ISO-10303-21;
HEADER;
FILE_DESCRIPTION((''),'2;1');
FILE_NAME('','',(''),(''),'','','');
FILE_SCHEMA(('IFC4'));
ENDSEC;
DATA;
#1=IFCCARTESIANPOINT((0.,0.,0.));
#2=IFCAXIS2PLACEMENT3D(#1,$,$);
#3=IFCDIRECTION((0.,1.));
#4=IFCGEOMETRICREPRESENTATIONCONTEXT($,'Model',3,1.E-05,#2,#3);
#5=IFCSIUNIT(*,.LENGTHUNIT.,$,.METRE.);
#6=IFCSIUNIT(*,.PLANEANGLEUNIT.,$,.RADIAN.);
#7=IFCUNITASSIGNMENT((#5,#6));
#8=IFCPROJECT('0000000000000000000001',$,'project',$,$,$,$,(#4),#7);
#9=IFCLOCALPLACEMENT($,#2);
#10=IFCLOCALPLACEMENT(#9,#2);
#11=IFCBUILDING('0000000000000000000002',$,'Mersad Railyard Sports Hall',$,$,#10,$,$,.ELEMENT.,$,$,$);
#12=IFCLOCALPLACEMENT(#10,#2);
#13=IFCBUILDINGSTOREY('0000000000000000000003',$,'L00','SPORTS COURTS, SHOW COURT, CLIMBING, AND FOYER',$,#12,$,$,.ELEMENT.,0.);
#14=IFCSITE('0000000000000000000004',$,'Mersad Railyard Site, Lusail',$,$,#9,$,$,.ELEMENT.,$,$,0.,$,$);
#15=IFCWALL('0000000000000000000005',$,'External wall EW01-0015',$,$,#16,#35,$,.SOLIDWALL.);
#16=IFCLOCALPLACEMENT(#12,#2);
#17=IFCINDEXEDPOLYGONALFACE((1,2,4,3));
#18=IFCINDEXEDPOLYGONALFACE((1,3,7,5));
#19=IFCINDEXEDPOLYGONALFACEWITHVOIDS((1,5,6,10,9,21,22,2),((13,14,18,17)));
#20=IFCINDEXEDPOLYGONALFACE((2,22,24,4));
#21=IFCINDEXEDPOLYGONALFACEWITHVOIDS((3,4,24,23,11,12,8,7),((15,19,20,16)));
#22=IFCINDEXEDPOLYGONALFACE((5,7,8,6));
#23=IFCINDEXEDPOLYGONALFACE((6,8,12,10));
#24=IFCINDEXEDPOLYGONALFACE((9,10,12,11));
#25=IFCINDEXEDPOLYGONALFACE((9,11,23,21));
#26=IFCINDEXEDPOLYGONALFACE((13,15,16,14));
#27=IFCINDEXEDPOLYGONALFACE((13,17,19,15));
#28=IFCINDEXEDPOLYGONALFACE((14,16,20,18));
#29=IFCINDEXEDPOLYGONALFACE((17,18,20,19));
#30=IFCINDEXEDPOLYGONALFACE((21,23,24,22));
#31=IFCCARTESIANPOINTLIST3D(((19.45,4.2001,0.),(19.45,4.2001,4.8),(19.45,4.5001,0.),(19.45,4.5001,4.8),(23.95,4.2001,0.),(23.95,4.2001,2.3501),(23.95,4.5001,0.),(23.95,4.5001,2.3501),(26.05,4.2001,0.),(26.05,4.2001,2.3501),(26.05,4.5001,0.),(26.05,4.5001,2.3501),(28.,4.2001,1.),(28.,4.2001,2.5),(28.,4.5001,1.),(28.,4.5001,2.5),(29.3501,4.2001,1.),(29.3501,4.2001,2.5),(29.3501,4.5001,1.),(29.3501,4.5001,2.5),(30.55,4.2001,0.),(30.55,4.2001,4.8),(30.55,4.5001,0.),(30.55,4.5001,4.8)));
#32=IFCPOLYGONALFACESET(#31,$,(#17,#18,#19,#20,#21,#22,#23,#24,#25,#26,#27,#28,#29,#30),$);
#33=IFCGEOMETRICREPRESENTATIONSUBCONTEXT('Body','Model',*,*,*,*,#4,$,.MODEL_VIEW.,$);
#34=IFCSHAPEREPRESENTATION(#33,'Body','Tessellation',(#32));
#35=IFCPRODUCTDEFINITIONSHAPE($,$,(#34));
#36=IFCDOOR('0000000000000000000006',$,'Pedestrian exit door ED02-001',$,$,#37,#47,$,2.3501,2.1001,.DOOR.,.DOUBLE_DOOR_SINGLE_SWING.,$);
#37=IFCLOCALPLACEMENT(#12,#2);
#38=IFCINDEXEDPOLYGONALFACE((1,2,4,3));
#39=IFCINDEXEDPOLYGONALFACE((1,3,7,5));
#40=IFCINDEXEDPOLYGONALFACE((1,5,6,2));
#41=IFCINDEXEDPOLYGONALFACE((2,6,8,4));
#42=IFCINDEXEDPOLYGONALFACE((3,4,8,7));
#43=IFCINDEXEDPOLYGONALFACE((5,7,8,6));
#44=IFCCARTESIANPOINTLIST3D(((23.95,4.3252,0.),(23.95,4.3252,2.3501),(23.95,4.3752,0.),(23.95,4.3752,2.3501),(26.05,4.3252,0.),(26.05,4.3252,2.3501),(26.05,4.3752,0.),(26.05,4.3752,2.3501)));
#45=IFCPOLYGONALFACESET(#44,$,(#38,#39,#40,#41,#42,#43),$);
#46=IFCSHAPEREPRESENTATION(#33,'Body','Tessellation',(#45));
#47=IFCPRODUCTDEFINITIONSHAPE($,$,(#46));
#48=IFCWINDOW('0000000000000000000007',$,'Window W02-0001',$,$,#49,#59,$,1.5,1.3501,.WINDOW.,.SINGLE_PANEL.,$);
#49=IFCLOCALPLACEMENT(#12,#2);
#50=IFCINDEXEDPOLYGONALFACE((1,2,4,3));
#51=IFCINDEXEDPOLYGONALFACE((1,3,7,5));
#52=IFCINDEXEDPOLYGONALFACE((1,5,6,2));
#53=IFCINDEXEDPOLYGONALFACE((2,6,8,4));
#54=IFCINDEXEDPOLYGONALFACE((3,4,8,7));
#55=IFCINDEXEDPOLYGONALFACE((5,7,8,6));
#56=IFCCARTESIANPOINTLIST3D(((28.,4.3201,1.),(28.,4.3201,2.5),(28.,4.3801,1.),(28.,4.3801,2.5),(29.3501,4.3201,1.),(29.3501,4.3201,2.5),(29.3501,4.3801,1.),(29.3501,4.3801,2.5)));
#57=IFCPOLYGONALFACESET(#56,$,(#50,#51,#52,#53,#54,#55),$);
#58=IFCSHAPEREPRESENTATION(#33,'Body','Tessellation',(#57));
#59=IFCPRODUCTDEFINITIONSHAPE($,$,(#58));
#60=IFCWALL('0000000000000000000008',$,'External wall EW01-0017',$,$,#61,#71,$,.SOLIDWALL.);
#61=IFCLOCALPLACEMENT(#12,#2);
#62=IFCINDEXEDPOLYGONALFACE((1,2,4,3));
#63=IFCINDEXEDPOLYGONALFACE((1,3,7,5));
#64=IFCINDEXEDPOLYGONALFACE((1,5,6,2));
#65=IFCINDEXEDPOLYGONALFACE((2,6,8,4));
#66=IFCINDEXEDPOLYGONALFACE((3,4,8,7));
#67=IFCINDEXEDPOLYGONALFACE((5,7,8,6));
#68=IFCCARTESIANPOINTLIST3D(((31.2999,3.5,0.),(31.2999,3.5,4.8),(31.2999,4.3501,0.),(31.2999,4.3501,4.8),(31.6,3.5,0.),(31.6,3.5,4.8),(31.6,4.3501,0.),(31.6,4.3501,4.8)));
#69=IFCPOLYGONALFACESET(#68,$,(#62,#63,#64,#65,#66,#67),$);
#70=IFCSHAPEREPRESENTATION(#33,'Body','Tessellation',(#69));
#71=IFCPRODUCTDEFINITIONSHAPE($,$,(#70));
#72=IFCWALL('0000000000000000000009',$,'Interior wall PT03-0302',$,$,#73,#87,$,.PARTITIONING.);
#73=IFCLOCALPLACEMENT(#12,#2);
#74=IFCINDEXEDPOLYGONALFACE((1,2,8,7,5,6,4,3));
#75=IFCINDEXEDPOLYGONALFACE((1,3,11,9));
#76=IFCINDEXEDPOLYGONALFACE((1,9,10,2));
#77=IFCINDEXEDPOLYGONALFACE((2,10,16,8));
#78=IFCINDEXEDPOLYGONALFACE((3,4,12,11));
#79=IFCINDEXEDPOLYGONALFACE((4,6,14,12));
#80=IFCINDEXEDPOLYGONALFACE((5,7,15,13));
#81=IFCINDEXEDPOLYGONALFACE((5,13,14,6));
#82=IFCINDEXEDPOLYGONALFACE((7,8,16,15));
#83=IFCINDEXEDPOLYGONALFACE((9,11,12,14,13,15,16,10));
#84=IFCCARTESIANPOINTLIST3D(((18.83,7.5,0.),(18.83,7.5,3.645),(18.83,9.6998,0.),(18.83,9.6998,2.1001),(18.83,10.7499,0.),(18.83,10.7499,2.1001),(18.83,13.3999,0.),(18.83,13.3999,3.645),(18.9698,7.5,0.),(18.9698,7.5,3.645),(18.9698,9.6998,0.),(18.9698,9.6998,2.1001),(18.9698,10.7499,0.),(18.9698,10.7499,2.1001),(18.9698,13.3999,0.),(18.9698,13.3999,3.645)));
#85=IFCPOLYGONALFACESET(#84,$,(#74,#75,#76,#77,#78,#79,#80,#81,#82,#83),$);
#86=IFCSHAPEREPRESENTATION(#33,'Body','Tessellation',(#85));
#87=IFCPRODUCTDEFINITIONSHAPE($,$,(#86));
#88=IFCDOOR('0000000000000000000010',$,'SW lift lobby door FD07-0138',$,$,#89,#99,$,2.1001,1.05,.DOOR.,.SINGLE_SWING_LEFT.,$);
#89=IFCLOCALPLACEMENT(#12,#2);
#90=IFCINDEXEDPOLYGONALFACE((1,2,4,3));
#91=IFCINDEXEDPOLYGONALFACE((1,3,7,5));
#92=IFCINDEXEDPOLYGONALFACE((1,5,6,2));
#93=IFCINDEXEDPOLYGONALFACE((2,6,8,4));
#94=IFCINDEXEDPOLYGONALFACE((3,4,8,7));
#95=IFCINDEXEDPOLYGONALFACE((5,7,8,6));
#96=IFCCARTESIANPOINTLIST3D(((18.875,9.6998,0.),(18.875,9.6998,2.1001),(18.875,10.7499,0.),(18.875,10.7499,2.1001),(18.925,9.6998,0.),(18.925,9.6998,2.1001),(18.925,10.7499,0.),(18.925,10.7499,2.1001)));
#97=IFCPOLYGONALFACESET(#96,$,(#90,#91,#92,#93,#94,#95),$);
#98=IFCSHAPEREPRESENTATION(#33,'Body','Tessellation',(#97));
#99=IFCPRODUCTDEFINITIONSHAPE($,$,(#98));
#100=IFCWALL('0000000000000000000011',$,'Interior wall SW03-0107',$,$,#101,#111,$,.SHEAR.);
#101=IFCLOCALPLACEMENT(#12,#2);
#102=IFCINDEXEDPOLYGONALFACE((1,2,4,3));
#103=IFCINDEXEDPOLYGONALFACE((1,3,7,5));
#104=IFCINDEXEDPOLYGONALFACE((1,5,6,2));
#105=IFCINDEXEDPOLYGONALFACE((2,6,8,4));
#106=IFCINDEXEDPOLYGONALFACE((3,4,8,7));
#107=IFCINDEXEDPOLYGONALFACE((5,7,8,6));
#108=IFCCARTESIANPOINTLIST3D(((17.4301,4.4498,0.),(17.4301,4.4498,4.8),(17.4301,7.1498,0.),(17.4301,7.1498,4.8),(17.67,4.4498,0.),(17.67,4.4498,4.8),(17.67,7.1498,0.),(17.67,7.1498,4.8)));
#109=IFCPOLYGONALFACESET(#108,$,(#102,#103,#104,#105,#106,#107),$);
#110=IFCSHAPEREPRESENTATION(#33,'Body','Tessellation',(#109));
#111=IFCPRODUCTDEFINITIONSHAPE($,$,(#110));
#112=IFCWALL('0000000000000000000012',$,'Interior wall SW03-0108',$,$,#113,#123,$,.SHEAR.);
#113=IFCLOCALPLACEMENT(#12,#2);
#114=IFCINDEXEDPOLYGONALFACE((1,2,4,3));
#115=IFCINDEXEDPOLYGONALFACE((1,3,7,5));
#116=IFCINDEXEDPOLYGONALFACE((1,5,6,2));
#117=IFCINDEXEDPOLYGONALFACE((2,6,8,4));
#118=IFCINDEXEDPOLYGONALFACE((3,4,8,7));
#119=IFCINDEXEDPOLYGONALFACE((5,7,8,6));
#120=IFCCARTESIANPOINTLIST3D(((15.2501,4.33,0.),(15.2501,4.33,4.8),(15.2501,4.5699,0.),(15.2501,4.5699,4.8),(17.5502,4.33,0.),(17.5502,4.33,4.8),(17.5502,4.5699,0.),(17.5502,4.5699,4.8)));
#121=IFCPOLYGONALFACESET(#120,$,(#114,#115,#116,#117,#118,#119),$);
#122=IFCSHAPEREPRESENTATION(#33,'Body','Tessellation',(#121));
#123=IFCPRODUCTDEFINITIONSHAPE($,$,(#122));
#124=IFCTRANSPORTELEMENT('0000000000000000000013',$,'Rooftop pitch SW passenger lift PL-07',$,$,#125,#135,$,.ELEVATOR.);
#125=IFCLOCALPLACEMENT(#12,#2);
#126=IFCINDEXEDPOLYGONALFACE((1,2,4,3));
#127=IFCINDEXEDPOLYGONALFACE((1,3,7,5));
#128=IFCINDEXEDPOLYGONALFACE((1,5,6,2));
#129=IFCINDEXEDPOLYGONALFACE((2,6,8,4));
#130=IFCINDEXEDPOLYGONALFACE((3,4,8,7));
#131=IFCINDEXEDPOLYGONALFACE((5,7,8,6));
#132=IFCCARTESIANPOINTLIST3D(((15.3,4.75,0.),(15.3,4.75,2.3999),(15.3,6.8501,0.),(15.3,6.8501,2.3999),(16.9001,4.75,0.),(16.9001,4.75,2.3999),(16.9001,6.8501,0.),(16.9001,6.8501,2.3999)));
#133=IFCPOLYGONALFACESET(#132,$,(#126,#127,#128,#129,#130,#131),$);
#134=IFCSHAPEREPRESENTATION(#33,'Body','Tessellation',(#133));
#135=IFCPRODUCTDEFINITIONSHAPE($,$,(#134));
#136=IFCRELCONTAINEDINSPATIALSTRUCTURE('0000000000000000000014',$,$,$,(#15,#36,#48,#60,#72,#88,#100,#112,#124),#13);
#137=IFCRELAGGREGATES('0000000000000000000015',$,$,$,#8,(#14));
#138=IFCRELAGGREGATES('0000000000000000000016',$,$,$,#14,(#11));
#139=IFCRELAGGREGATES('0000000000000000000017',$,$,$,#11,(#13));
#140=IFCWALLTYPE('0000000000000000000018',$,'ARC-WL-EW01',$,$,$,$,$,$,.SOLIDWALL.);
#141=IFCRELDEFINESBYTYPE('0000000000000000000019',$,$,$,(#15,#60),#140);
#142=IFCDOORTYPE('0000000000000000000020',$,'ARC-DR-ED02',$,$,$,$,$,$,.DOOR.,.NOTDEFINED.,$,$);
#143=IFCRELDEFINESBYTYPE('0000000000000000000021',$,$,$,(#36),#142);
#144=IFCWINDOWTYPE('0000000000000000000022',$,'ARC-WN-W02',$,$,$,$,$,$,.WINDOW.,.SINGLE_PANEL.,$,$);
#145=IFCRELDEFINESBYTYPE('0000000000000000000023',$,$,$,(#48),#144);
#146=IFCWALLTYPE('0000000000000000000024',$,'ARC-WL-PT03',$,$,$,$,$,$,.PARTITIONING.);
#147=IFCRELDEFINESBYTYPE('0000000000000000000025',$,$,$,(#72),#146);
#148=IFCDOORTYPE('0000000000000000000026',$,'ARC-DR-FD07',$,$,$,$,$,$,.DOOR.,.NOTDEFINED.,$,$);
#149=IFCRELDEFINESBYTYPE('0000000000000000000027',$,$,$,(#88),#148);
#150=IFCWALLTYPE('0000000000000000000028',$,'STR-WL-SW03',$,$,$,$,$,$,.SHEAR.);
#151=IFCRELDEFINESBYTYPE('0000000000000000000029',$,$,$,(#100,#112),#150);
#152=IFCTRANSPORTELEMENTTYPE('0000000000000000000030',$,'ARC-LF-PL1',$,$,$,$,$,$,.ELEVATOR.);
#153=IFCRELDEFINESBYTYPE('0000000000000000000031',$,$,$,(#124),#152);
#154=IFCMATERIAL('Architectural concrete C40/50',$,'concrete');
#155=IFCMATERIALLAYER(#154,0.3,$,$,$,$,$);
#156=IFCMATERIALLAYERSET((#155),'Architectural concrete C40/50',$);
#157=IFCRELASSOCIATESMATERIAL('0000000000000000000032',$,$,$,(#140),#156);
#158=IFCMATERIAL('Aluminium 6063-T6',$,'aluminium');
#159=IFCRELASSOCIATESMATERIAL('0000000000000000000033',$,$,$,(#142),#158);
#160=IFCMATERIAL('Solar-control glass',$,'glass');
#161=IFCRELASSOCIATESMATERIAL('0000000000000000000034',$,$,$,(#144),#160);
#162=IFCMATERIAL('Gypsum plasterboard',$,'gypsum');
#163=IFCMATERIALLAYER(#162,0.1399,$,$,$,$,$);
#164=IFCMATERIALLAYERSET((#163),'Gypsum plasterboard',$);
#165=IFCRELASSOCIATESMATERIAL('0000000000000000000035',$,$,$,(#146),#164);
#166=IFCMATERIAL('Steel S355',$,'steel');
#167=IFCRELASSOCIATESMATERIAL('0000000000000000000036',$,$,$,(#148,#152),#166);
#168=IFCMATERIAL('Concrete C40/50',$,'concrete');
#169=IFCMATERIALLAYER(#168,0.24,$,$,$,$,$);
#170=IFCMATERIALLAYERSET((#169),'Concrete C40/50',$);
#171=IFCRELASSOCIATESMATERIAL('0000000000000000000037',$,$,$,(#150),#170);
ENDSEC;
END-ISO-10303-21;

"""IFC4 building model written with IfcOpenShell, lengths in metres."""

from ifc_helpers import new_model, si_unit, direction, frame, frame_2d, origin, origin_2d, place, context, subcontext, project, spatial, rectangle, extrude, material, layer, layer_set, type_object, element, fill, save


model = new_model("IFC4")

# Units and contexts
model_context = context("Model", 3, precision=1e-05, world=origin(), true_north=direction((0.0, 1.0)))
body_context = subcontext(model_context, "Body", "Model", "MODEL_VIEW")
ifc_project = project(units=[si_unit("LENGTHUNIT", "METRE"), si_unit("PLANEANGLEUNIT", "RADIAN")], contexts=[model_context])

# Site, building, storey
site_placement = place(None, origin())
site = spatial("IfcSite", under=ifc_project, at=site_placement, Name="Mersad Railyard Site, Lusail", CompositionType="ELEMENT", RefElevation=0.0)
building_placement = place(site_placement, origin())
building = spatial("IfcBuilding", under=site, at=building_placement, Name="Mersad Railyard Sports Hall", CompositionType="ELEMENT")
storey_placement = place(building_placement, origin())
storey = spatial("IfcBuildingStorey", under=building, at=storey_placement, Name="L00", Description="SPORTS COURTS, SHOW COURT, CLIMBING, AND FOYER", CompositionType="ELEMENT", Elevation=0.0)

# Shared definitions
ifc_material_1 = material(Name="Aluminium 6063-T6", Category="aluminium")

# Shared definitions
ifc_material_2 = material(Name="Architectural concrete C40/50", Category="concrete")
ifc_layer_1 = layer(ifc_material_2, 0.3)
ifc_layer_set_1 = layer_set([ifc_layer_1], Name="Architectural concrete C40/50")
wall_type_1 = type_object("IfcWallType", Name="ARC-WL-EW01", PredefinedType="SOLIDWALL", material=ifc_layer_set_1)

# Wall, openings, door, window
wall_1_placement = place(storey_placement, frame((30.55, 4.3501, 0.0), z_axis=(0.0, 0.0, 1.0), x_axis=(-1.0, 0.0, 0.0)))
wall_1 = element("IfcWall", 1, at=wall_1_placement, inside=storey, type_object=wall_type_1, Name="External wall EW01-0015", PredefinedType="SOLIDWALL", context=body_context, shape_type="SweptSolid", body=[
    extrude(rectangle(XDim=11.1001, YDim=0.3, at=frame_2d((5.55, 0.0))), origin(), (0.0, 0.0, 1.0), 4.8),
])
opening_1_placement = place(wall_1_placement, frame((4.5, 0.0, 0.0)))
opening_1 = element("IfcOpeningElement", 2, at=opening_1_placement, cuts=wall_1, PredefinedType="OPENING", context=body_context, shape_type="SweptSolid", body=[
    extrude(rectangle(XDim=2.1001, YDim=2.3501, at=frame_2d((1.05, 1.175))), frame((0.0, 0.1599, 0.0), z_axis=(0.0, -1.0, 0.0), x_axis=(1.0, 0.0, 0.0)), (0.0, 0.0, 1.0), 0.3201),
])
opening_2_placement = place(wall_1_placement, frame((1.2, 0.0, 1.0)))
opening_2 = element("IfcOpeningElement", 3, at=opening_2_placement, cuts=wall_1, PredefinedType="OPENING", context=body_context, shape_type="SweptSolid", body=[
    extrude(rectangle(XDim=1.3501, YDim=1.5, at=frame_2d((0.675, 0.75))), frame((0.0, 0.1599, 0.0), z_axis=(0.0, -1.0, 0.0), x_axis=(1.0, 0.0, 0.0)), (0.0, 0.0, 1.0), 0.3201),
])
door_type_1 = type_object("IfcDoorType", Name="ARC-DR-ED02", OperationType="NOTDEFINED", PredefinedType="DOOR", material=ifc_material_1)
door_1_placement = place(opening_1_placement, origin())
door_1 = element("IfcDoor", 4, at=door_1_placement, inside=storey, type_object=door_type_1, Name="Pedestrian exit door ED02-001", OperationType="DOUBLE_DOOR_SINGLE_SWING", OverallHeight=2.3501, OverallWidth=2.1001, PredefinedType="DOOR", context=body_context, shape_type="SweptSolid", body=[
    extrude(rectangle(XDim=2.1001, YDim=2.3501, at=frame_2d((1.05, 1.175))), frame((0.0, 0.0249, 0.0), z_axis=(0.0, -1.0, 0.0), x_axis=(1.0, 0.0, 0.0)), (0.0, 0.0, 1.0), 0.05),
])
fill(opening_1, door_1)
ifc_material_3 = material(Name="Solar-control glass", Category="glass")
window_type = type_object("IfcWindowType", Name="ARC-WN-W02", PartitioningType="SINGLE_PANEL", PredefinedType="WINDOW", material=ifc_material_3)
window_placement = place(opening_2_placement, origin())
window = element("IfcWindow", 5, at=window_placement, inside=storey, type_object=window_type, Name="Window W02-0001", OverallHeight=1.5, OverallWidth=1.3501, PartitioningType="SINGLE_PANEL", PredefinedType="WINDOW", context=body_context, shape_type="SweptSolid", body=[
    extrude(rectangle(XDim=1.3501, YDim=1.5, at=frame_2d((0.675, 0.75))), frame((0.0, 0.03, 0.0), z_axis=(0.0, -1.0, 0.0), x_axis=(1.0, 0.0, 0.0)), (0.0, 0.0, 1.0), 0.0601),
])
fill(opening_2, window)

# Wall
wall_2_placement = place(storey_placement, frame((31.45, 3.5, 0.0), z_axis=(0.0, 0.0, 1.0), x_axis=(0.0, 1.0, 0.0)))
element("IfcWall", 6, at=wall_2_placement, inside=storey, type_object=wall_type_1, Name="External wall EW01-0017", PredefinedType="SOLIDWALL", context=body_context, shape_type="SweptSolid", body=[
    extrude(rectangle(XDim=0.8501, YDim=0.3, at=frame_2d((0.425, 0.0))), origin(), (0.0, 0.0, 1.0), 4.8),
])

# Wall, opening, door
ifc_material_4 = material(Name="Gypsum plasterboard", Category="gypsum")
ifc_layer_2 = layer(ifc_material_4, 0.1399)
ifc_layer_set_2 = layer_set([ifc_layer_2], Name="Gypsum plasterboard")
wall_type_2 = type_object("IfcWallType", Name="ARC-WL-PT03", PredefinedType="PARTITIONING", material=ifc_layer_set_2)
wall_3_placement = place(storey_placement, frame((18.8999, 7.5, 0.0), z_axis=(0.0, 0.0, 1.0), x_axis=(0.0, 1.0, 0.0)))
wall_3 = element("IfcWall", 7, at=wall_3_placement, inside=storey, type_object=wall_type_2, Name="Interior wall PT03-0302", PredefinedType="PARTITIONING", context=body_context, shape_type="SweptSolid", body=[
    extrude(rectangle(XDim=5.8999, YDim=0.1399, at=frame_2d((2.95, 0.0))), origin(), (0.0, 0.0, 1.0), 3.645),
])
opening_3_placement = place(wall_3_placement, frame((2.2, 0.0, 0.0)))
opening_3 = element("IfcOpeningElement", 8, at=opening_3_placement, cuts=wall_3, PredefinedType="OPENING", context=body_context, shape_type="SweptSolid", body=[
    extrude(rectangle(XDim=1.05, YDim=2.1001, at=frame_2d((0.5249, 1.05))), frame((0.0, 0.0798, 0.0), z_axis=(0.0, -1.0, 0.0), x_axis=(1.0, 0.0, 0.0)), (0.0, 0.0, 1.0), 0.1599),
])
ifc_material_5 = material(Name="Steel S355", Category="steel")
door_type_2 = type_object("IfcDoorType", Name="ARC-DR-FD07", OperationType="NOTDEFINED", PredefinedType="DOOR", material=ifc_material_5)
door_2_placement = place(opening_3_placement, origin())
door_2 = element("IfcDoor", 9, at=door_2_placement, inside=storey, type_object=door_type_2, Name="SW lift lobby door FD07-0138", OperationType="SINGLE_SWING_LEFT", OverallHeight=2.1001, OverallWidth=1.05, PredefinedType="DOOR", context=body_context, shape_type="SweptSolid", body=[
    extrude(rectangle(XDim=1.05, YDim=2.1001, at=frame_2d((0.5249, 1.05))), frame((0.0, 0.0249, 0.0), z_axis=(0.0, -1.0, 0.0), x_axis=(1.0, 0.0, 0.0)), (0.0, 0.0, 1.0), 0.05),
])
fill(opening_3, door_2)

# Walls
ifc_material_6 = material(Name="Concrete C40/50", Category="concrete")
ifc_layer_3 = layer(ifc_material_6, 0.24)
ifc_layer_set_3 = layer_set([ifc_layer_3], Name="Concrete C40/50")
wall_type_3 = type_object("IfcWallType", Name="STR-WL-SW03", PredefinedType="SHEAR", material=ifc_layer_set_3)
wall_4_placement = place(storey_placement, frame((17.55, 7.1499, 0.0), z_axis=(0.0, 0.0, 1.0), x_axis=(0.0, -1.0, 0.0)))
element("IfcWall", 10, at=wall_4_placement, inside=storey, type_object=wall_type_3, Name="Interior wall SW03-0107", PredefinedType="SHEAR", context=body_context, shape_type="SweptSolid", body=[
    extrude(rectangle(XDim=2.7, YDim=0.24, at=frame_2d((1.3501, 0.0))), origin(), (0.0, 0.0, 1.0), 4.8),
])
wall_5_placement = place(storey_placement, frame((17.55, 4.45, 0.0), z_axis=(0.0, 0.0, 1.0), x_axis=(-1.0, 0.0, 0.0)))
element("IfcWall", 11, at=wall_5_placement, inside=storey, type_object=wall_type_3, Name="Interior wall SW03-0108", PredefinedType="SHEAR", context=body_context, shape_type="SweptSolid", body=[
    extrude(rectangle(XDim=2.3, YDim=0.24, at=frame_2d((1.1499, 0.0))), origin(), (0.0, 0.0, 1.0), 4.8),
])

# Transport element
transport_element_type = type_object("IfcTransportElementType", Name="ARC-LF-PL1", PredefinedType="ELEVATOR", material=ifc_material_5)
transport_element_placement = place(storey_placement, frame((16.1001, 5.8, 0.0), z_axis=(0.0, 0.0, 1.0), x_axis=(1.0, 0.0, 0.0)))
element("IfcTransportElement", 12, at=transport_element_placement, inside=storey, type_object=transport_element_type, Name="Rooftop pitch SW passenger lift PL-07", PredefinedType="ELEVATOR", context=body_context, shape_type="SweptSolid", body=[
    extrude(rectangle(XDim=1.6001, YDim=2.1001, at=origin_2d()), origin(), (0.0, 0.0, 1.0), 2.3999),
])

save(model, "model.ifc")
